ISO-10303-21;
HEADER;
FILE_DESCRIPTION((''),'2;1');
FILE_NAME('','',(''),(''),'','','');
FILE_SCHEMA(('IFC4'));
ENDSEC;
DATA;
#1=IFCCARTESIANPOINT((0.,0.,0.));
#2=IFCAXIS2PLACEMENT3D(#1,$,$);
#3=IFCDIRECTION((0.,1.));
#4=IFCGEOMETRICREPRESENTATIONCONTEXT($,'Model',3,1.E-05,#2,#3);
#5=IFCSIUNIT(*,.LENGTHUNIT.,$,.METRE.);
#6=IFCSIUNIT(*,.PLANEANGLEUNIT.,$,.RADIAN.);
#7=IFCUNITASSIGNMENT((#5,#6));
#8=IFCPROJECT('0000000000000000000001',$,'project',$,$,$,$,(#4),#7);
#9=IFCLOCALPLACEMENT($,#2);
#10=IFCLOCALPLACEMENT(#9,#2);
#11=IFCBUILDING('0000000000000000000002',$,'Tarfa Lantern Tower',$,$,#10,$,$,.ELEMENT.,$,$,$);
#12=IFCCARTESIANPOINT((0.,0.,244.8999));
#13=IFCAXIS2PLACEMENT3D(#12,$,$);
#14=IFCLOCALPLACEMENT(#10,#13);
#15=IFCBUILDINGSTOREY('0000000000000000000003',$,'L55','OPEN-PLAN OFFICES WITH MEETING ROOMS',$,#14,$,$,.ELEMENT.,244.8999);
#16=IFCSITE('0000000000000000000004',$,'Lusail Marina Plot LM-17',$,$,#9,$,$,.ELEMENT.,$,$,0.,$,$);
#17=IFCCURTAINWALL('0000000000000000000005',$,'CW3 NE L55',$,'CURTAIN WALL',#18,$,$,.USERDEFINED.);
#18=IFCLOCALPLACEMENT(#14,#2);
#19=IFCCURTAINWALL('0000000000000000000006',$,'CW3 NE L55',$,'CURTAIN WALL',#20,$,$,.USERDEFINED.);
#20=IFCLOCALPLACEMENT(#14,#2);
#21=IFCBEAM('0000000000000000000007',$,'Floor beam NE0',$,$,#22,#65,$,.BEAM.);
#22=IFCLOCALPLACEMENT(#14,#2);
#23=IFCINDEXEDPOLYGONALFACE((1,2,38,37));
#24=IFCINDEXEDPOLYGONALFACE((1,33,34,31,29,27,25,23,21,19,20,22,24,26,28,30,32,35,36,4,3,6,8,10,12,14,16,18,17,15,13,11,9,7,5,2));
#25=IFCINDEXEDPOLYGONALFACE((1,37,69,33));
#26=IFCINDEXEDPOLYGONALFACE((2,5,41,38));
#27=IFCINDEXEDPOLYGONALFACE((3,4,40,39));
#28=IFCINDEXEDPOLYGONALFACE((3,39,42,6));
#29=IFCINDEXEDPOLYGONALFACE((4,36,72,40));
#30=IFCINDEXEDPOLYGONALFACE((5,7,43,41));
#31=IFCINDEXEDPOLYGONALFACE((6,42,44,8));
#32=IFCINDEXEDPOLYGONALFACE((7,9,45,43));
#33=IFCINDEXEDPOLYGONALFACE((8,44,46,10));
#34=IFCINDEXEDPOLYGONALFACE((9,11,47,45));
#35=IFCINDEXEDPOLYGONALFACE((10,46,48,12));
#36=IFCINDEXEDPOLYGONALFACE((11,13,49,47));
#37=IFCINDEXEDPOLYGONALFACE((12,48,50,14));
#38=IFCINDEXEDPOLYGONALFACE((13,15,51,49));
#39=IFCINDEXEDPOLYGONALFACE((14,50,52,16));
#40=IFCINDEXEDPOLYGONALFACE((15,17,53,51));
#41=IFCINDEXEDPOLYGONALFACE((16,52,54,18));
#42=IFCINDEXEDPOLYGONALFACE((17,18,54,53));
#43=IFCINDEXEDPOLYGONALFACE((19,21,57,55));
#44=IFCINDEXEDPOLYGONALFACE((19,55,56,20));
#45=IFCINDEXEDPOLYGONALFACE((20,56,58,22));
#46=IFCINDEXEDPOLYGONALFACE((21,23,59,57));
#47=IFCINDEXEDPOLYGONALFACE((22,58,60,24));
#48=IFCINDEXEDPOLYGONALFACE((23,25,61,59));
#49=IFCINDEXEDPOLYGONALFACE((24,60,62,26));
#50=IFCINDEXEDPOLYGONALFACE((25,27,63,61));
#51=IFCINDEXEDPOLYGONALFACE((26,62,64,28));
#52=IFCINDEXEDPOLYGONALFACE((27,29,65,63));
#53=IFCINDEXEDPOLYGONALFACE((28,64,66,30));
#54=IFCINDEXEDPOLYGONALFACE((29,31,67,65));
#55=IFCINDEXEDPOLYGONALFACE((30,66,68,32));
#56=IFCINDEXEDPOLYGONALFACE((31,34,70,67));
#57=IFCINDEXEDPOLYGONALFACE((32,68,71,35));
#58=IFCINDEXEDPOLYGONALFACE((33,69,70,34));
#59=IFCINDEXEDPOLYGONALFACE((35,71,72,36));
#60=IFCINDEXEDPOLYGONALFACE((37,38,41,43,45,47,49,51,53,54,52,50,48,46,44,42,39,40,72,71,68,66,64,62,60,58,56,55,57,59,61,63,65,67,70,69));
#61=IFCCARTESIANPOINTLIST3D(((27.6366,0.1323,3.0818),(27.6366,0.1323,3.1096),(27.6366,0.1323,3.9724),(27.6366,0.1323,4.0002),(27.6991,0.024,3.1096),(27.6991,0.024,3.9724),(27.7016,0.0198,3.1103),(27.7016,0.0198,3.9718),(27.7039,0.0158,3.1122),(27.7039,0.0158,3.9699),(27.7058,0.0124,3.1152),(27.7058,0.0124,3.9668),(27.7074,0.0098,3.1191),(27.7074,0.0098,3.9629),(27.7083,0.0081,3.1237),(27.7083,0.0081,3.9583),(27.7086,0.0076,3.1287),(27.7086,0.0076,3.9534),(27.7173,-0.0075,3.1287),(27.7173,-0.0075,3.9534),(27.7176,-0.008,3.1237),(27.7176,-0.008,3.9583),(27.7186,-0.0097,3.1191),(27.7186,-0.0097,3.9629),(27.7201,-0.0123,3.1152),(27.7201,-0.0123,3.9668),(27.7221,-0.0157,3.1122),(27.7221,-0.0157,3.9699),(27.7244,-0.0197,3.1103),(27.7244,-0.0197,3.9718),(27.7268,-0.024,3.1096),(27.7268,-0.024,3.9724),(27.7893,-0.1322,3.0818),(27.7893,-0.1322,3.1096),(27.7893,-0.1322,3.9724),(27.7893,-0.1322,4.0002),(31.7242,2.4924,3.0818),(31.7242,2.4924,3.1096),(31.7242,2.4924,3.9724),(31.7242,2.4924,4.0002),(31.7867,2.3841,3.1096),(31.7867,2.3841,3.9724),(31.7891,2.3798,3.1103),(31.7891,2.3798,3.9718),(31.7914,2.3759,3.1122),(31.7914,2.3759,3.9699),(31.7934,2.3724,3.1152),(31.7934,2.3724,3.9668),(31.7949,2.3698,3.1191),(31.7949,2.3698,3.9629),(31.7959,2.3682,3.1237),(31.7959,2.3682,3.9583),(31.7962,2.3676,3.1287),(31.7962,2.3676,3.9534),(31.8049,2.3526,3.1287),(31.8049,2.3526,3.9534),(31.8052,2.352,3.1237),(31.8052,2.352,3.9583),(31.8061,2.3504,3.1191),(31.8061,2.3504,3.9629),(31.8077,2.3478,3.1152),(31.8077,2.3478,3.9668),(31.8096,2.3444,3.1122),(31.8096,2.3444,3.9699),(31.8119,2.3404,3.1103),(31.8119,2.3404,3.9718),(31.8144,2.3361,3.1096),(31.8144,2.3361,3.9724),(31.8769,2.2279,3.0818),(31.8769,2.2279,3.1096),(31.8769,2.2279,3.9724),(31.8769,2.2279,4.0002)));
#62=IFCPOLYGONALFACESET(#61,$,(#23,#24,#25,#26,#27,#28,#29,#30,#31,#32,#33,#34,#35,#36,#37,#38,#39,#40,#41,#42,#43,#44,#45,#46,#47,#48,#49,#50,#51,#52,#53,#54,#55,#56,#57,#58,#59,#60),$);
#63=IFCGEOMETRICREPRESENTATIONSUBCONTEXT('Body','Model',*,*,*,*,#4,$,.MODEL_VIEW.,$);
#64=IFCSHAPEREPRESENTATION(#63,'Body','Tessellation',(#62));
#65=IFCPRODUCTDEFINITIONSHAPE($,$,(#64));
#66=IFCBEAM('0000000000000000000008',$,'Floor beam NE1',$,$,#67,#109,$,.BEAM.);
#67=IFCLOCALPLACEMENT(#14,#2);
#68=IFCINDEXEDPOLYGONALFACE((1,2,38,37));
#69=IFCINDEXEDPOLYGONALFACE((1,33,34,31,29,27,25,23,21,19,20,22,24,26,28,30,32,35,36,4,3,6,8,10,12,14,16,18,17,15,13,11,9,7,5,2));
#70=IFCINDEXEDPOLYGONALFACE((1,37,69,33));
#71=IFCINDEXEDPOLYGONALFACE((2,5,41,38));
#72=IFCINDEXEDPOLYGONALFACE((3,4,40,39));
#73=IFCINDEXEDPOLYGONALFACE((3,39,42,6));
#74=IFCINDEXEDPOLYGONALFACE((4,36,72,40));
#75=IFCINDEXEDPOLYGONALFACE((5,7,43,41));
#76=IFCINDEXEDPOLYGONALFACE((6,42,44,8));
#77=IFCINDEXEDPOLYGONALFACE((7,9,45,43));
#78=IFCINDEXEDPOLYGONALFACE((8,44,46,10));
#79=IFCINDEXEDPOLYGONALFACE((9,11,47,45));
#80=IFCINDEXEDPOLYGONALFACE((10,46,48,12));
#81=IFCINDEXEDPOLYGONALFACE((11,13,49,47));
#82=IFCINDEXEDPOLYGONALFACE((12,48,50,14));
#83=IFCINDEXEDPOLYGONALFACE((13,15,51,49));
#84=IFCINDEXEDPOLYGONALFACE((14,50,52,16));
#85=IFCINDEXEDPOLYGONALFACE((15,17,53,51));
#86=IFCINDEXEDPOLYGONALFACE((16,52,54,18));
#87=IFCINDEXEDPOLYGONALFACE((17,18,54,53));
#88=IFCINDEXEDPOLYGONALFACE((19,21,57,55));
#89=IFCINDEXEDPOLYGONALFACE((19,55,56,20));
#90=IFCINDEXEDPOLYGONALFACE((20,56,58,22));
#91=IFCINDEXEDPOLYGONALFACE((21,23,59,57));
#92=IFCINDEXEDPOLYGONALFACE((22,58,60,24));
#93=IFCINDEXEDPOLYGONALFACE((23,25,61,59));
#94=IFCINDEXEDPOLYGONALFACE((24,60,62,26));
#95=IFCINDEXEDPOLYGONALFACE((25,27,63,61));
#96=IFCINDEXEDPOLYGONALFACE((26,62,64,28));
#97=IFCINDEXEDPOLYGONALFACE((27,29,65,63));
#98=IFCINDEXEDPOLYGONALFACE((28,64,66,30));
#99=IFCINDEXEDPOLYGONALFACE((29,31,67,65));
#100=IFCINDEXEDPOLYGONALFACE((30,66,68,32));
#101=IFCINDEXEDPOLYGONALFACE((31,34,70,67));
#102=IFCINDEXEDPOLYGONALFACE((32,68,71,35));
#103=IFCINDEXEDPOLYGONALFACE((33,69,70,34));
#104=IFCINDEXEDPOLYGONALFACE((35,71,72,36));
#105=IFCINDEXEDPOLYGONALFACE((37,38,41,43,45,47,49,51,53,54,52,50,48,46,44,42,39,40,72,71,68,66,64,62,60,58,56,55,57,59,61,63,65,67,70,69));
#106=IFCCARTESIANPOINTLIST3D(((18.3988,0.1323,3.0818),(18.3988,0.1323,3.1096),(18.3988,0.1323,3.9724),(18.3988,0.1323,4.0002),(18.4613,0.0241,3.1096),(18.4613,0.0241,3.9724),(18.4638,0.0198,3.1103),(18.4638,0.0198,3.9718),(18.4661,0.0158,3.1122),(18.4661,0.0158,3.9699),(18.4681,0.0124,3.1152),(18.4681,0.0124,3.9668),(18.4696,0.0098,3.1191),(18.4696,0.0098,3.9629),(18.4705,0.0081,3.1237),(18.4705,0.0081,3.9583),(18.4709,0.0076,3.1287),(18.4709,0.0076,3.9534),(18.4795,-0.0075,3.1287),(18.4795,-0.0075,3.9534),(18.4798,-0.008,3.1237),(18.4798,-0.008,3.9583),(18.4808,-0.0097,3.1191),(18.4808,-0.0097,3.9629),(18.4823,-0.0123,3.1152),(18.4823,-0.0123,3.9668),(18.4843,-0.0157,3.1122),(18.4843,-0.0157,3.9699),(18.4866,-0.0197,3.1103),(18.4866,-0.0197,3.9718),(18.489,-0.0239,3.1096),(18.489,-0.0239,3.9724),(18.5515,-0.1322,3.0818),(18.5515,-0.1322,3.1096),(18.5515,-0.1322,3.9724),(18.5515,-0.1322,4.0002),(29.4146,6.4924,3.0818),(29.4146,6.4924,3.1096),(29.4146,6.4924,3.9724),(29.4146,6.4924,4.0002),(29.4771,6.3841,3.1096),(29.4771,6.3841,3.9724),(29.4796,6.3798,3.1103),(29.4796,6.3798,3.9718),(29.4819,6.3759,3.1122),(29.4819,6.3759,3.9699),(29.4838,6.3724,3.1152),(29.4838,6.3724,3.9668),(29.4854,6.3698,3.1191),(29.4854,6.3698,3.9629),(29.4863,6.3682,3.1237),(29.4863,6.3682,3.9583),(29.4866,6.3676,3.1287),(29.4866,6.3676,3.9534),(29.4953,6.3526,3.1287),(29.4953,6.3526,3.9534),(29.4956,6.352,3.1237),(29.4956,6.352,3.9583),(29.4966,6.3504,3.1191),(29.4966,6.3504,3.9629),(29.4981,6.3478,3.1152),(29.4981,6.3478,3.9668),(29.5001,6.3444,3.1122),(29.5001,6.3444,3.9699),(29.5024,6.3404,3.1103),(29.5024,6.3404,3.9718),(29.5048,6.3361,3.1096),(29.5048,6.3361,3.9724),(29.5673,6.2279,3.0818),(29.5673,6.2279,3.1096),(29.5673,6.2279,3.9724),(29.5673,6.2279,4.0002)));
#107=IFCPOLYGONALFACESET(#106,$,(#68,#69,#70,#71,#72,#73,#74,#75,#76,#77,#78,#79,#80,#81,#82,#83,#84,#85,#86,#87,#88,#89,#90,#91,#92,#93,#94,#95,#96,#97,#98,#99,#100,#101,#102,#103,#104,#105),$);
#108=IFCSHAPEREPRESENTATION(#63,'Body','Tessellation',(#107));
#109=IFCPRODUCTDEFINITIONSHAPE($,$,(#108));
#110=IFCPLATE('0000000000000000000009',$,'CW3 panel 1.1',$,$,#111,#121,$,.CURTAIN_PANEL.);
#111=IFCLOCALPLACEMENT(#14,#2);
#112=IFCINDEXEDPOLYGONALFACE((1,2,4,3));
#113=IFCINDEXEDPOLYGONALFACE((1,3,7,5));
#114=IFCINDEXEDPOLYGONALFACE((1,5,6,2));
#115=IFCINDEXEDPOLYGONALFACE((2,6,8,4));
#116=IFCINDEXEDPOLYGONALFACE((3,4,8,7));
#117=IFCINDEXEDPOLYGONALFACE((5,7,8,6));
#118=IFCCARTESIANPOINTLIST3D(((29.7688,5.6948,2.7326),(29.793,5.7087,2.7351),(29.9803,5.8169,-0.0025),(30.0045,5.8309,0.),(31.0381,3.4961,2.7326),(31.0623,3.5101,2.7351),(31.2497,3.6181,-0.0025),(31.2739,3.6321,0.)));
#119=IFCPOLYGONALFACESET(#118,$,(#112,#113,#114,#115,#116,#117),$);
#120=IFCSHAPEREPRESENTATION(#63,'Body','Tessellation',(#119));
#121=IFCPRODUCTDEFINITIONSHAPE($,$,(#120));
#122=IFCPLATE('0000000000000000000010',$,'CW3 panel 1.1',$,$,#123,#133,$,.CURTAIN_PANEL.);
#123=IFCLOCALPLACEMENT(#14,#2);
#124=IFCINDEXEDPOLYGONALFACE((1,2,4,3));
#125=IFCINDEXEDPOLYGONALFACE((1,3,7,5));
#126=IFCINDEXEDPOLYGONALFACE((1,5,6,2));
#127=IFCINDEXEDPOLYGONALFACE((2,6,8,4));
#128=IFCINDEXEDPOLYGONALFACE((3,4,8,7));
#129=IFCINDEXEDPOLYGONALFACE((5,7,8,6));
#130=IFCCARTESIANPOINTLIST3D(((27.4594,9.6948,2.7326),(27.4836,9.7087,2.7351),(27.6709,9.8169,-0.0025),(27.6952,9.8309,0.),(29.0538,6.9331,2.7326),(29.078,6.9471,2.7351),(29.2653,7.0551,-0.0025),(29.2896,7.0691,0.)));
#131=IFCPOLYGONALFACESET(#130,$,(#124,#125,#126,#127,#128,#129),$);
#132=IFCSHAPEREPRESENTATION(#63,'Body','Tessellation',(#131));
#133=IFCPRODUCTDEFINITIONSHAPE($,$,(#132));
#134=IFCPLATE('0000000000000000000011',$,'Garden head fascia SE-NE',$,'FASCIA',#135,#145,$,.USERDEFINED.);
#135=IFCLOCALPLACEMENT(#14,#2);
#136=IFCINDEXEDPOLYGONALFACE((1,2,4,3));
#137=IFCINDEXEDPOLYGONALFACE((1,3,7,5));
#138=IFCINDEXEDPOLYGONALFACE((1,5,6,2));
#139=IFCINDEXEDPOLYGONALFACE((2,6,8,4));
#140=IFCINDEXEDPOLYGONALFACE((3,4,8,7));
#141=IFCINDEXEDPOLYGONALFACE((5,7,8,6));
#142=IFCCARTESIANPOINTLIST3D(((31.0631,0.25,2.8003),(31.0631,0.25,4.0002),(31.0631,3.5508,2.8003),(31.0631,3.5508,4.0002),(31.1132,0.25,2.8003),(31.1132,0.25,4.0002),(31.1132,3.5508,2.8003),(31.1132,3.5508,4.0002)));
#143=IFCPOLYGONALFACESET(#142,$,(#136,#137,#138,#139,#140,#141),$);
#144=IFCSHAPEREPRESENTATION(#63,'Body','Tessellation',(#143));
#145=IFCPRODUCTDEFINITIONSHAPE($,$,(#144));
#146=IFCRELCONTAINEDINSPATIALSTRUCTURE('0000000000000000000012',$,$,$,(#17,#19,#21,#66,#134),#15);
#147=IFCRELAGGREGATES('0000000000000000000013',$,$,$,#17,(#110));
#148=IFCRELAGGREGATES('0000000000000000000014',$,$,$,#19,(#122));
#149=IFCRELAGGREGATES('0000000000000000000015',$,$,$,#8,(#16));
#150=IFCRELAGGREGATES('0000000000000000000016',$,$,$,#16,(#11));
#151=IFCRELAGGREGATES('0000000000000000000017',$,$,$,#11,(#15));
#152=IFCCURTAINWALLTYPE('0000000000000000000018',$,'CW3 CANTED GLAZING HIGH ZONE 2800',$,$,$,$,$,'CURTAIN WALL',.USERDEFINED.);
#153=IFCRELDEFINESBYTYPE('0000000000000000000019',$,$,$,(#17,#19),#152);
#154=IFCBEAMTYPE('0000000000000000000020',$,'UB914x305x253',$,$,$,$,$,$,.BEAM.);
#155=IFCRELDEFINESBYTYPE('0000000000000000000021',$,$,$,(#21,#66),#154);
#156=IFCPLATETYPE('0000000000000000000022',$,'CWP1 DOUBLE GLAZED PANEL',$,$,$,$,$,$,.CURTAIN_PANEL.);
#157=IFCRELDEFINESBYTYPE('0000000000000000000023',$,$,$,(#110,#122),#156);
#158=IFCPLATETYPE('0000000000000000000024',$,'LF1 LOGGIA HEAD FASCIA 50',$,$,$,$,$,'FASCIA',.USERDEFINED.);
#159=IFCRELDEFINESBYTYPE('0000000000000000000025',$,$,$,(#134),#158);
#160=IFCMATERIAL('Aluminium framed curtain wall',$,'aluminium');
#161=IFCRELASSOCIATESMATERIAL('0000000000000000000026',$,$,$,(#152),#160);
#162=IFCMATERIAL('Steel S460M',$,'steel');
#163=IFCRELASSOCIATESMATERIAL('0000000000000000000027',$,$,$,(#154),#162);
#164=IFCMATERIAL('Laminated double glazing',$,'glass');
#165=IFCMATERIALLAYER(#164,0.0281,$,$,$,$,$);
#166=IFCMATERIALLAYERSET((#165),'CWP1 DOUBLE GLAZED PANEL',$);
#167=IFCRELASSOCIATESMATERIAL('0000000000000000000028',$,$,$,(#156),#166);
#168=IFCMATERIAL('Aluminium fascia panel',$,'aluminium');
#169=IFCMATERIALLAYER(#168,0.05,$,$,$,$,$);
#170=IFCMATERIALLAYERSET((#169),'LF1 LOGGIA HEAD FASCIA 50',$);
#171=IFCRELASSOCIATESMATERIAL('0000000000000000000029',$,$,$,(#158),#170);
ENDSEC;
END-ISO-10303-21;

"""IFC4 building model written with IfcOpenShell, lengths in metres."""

from ifc_helpers import new_model, si_unit, direction, frame, origin, origin_2d, place, context, subcontext, project, spatial, polyline, rectangle, i_section, outline, extrude, material, layer, layer_set, material_profile, profile_set, type_object, element, aggregate, save


model = new_model("IFC4")

# Units and contexts
model_context = context("Model", 3, precision=1e-05, world=origin(), true_north=direction((0.0, 1.0)))
body_context = subcontext(model_context, "Body", "Model", "MODEL_VIEW")
ifc_project = project(units=[si_unit("LENGTHUNIT", "METRE"), si_unit("PLANEANGLEUNIT", "RADIAN")], contexts=[model_context])

# Site, building, storey
site_placement = place(None, origin())
site = spatial("IfcSite", under=ifc_project, at=site_placement, Name="Lusail Marina Plot LM-17", CompositionType="ELEMENT", RefElevation=0.0)
building_placement = place(site_placement, origin())
building = spatial("IfcBuilding", under=site, at=building_placement, Name="Tarfa Lantern Tower", CompositionType="ELEMENT")
storey_placement = place(building_placement, frame((0.0, 0.0, 244.8999)))
storey = spatial("IfcBuildingStorey", under=building, at=storey_placement, Name="L55", Description="OPEN-PLAN OFFICES WITH MEETING ROOMS", CompositionType="ELEMENT", Elevation=244.8999)

# Curtain walls
ifc_material_1 = material(Name="Aluminium framed curtain wall", Category="aluminium")
curtain_wall_type = type_object("IfcCurtainWallType", Name="CW3 CANTED GLAZING HIGH ZONE 2800", ElementType="CURTAIN WALL", PredefinedType="USERDEFINED", material=ifc_material_1)
curtain_wall_1_placement = place(storey_placement, origin())
curtain_wall_1 = element("IfcCurtainWall", 1, at=curtain_wall_1_placement, inside=storey, type_object=curtain_wall_type, Name="CW3 NE L55", ObjectType="CURTAIN WALL", PredefinedType="USERDEFINED")
curtain_wall_2_placement = place(storey_placement, origin())
curtain_wall_2 = element("IfcCurtainWall", 2, at=curtain_wall_2_placement, inside=storey, type_object=curtain_wall_type, Name="CW3 NE L55", ObjectType="CURTAIN WALL", PredefinedType="USERDEFINED")

# Beams
ifc_material_2 = material(Name="Steel S460M", Category="steel")
ifc_material_profile_1 = material_profile(ifc_material_2, i_section(OverallWidth=0.3054, OverallDepth=0.9185, WebThickness=0.0173, FlangeThickness=0.0278, FilletRadius=0.019, at=origin_2d()), Name="UB914x305x253")
ifc_profile_set_1 = profile_set([ifc_material_profile_1], Name="Steel S460M")
beam_type_1 = type_object("IfcBeamType", Name="UB914x305x253", PredefinedType="BEAM", material=ifc_profile_set_1)
beam_1_placement = place(storey_placement, frame((31.8005, 2.3601, 3.541), z_axis=(-0.866016, -0.500016, 0.0), x_axis=(0.500016, -0.866016, 0.0)))
element("IfcBeam", 3, at=beam_1_placement, inside=storey, type_object=beam_type_1, Name="Floor beam NE0", PredefinedType="BEAM", context=body_context, shape_type="SweptSolid", body=[
    extrude(i_section(OverallWidth=0.3054, OverallDepth=0.9185, WebThickness=0.0173, FlangeThickness=0.0278, FilletRadius=0.019, at=origin_2d()), origin(), (0.0, 0.0, 1.0), 4.72),
])
beam_2_placement = place(storey_placement, frame((29.491, 6.3601, 3.541), z_axis=(-0.866022, -0.500005, 0.0), x_axis=(0.500005, -0.866022, 0.0)))
element("IfcBeam", 4, at=beam_2_placement, inside=storey, type_object=beam_type_1, Name="Floor beam NE1", PredefinedType="BEAM", context=body_context, shape_type="SweptSolid", body=[
    extrude(i_section(OverallWidth=0.3054, OverallDepth=0.9185, WebThickness=0.0173, FlangeThickness=0.0278, FilletRadius=0.019, at=origin_2d()), origin(), (0.0, 0.0, 1.0), 12.72),
])

# Plates
ifc_material_3 = material(Name="Laminated double glazing", Category="glass")
ifc_layer_1 = layer(ifc_material_3, 0.0281)
ifc_layer_set_1 = layer_set([ifc_layer_1], Name="CWP1 DOUBLE GLAZED PANEL")
plate_type_1 = type_object("IfcPlateType", Name="CWP1 DOUBLE GLAZED PANEL", PredefinedType="CURTAIN_PANEL", material=ifc_layer_set_1)
plate_1_placement = place(storey_placement, frame((31.2739, 3.6321, 0.0), z_axis=(0.862598, 0.49801, 0.088945), x_axis=(-0.499992, 0.86603, 0.000004)))
plate_1 = element("IfcPlate", 5, at=plate_1_placement, type_object=plate_type_1, Name="CW3 panel 1.1", PredefinedType="CURTAIN_PANEL", context=body_context, shape_type="SweptSolid", body=[
    extrude(outline(polyline([(0.0, 0.0), (2.5389, 0.0), (2.5389, 2.746), (0.0001, 2.746), (0.0, 0.0)])), origin(), (0.0, 0.0, -1.0), 0.0281),
])
aggregate(curtain_wall_1, [plate_1])
plate_2_placement = place(storey_placement, frame((29.2896, 7.0691, 0.0), z_axis=(0.862609, 0.49799, 0.088945), x_axis=(-0.499972, 0.866041, 0.000003)))
plate_2 = element("IfcPlate", 6, at=plate_2_placement, type_object=plate_type_1, Name="CW3 panel 1.1", PredefinedType="CURTAIN_PANEL", context=body_context, shape_type="SweptSolid", body=[
    extrude(outline(polyline([(0.0, 0.0), (3.189, 0.0), (3.189, 2.746), (0.0001, 2.746), (0.0, 0.0)])), origin(), (0.0, 0.0, -1.0), 0.0281),
])
aggregate(curtain_wall_2, [plate_2])
ifc_material_4 = material(Name="Aluminium fascia panel", Category="aluminium")
ifc_layer_2 = layer(ifc_material_4, 0.05)
ifc_layer_set_2 = layer_set([ifc_layer_2], Name="LF1 LOGGIA HEAD FASCIA 50")
plate_type_2 = type_object("IfcPlateType", Name="LF1 LOGGIA HEAD FASCIA 50", ElementType="FASCIA", PredefinedType="USERDEFINED", material=ifc_layer_set_2)
plate_3_placement = place(storey_placement, frame((31.0881, 1.9004, 2.8003), z_axis=(0.0, 0.0, 1.0), x_axis=(0.0, 1.0, 0.0)))
element("IfcPlate", 7, at=plate_3_placement, inside=storey, type_object=plate_type_2, Name="Garden head fascia SE-NE", ObjectType="FASCIA", PredefinedType="USERDEFINED", context=body_context, shape_type="SweptSolid", body=[
    extrude(rectangle(XDim=3.3008, YDim=0.05, at=origin_2d()), origin(), (0.0, 0.0, 1.0), 1.2),
])

save(model, "model.ifc")
